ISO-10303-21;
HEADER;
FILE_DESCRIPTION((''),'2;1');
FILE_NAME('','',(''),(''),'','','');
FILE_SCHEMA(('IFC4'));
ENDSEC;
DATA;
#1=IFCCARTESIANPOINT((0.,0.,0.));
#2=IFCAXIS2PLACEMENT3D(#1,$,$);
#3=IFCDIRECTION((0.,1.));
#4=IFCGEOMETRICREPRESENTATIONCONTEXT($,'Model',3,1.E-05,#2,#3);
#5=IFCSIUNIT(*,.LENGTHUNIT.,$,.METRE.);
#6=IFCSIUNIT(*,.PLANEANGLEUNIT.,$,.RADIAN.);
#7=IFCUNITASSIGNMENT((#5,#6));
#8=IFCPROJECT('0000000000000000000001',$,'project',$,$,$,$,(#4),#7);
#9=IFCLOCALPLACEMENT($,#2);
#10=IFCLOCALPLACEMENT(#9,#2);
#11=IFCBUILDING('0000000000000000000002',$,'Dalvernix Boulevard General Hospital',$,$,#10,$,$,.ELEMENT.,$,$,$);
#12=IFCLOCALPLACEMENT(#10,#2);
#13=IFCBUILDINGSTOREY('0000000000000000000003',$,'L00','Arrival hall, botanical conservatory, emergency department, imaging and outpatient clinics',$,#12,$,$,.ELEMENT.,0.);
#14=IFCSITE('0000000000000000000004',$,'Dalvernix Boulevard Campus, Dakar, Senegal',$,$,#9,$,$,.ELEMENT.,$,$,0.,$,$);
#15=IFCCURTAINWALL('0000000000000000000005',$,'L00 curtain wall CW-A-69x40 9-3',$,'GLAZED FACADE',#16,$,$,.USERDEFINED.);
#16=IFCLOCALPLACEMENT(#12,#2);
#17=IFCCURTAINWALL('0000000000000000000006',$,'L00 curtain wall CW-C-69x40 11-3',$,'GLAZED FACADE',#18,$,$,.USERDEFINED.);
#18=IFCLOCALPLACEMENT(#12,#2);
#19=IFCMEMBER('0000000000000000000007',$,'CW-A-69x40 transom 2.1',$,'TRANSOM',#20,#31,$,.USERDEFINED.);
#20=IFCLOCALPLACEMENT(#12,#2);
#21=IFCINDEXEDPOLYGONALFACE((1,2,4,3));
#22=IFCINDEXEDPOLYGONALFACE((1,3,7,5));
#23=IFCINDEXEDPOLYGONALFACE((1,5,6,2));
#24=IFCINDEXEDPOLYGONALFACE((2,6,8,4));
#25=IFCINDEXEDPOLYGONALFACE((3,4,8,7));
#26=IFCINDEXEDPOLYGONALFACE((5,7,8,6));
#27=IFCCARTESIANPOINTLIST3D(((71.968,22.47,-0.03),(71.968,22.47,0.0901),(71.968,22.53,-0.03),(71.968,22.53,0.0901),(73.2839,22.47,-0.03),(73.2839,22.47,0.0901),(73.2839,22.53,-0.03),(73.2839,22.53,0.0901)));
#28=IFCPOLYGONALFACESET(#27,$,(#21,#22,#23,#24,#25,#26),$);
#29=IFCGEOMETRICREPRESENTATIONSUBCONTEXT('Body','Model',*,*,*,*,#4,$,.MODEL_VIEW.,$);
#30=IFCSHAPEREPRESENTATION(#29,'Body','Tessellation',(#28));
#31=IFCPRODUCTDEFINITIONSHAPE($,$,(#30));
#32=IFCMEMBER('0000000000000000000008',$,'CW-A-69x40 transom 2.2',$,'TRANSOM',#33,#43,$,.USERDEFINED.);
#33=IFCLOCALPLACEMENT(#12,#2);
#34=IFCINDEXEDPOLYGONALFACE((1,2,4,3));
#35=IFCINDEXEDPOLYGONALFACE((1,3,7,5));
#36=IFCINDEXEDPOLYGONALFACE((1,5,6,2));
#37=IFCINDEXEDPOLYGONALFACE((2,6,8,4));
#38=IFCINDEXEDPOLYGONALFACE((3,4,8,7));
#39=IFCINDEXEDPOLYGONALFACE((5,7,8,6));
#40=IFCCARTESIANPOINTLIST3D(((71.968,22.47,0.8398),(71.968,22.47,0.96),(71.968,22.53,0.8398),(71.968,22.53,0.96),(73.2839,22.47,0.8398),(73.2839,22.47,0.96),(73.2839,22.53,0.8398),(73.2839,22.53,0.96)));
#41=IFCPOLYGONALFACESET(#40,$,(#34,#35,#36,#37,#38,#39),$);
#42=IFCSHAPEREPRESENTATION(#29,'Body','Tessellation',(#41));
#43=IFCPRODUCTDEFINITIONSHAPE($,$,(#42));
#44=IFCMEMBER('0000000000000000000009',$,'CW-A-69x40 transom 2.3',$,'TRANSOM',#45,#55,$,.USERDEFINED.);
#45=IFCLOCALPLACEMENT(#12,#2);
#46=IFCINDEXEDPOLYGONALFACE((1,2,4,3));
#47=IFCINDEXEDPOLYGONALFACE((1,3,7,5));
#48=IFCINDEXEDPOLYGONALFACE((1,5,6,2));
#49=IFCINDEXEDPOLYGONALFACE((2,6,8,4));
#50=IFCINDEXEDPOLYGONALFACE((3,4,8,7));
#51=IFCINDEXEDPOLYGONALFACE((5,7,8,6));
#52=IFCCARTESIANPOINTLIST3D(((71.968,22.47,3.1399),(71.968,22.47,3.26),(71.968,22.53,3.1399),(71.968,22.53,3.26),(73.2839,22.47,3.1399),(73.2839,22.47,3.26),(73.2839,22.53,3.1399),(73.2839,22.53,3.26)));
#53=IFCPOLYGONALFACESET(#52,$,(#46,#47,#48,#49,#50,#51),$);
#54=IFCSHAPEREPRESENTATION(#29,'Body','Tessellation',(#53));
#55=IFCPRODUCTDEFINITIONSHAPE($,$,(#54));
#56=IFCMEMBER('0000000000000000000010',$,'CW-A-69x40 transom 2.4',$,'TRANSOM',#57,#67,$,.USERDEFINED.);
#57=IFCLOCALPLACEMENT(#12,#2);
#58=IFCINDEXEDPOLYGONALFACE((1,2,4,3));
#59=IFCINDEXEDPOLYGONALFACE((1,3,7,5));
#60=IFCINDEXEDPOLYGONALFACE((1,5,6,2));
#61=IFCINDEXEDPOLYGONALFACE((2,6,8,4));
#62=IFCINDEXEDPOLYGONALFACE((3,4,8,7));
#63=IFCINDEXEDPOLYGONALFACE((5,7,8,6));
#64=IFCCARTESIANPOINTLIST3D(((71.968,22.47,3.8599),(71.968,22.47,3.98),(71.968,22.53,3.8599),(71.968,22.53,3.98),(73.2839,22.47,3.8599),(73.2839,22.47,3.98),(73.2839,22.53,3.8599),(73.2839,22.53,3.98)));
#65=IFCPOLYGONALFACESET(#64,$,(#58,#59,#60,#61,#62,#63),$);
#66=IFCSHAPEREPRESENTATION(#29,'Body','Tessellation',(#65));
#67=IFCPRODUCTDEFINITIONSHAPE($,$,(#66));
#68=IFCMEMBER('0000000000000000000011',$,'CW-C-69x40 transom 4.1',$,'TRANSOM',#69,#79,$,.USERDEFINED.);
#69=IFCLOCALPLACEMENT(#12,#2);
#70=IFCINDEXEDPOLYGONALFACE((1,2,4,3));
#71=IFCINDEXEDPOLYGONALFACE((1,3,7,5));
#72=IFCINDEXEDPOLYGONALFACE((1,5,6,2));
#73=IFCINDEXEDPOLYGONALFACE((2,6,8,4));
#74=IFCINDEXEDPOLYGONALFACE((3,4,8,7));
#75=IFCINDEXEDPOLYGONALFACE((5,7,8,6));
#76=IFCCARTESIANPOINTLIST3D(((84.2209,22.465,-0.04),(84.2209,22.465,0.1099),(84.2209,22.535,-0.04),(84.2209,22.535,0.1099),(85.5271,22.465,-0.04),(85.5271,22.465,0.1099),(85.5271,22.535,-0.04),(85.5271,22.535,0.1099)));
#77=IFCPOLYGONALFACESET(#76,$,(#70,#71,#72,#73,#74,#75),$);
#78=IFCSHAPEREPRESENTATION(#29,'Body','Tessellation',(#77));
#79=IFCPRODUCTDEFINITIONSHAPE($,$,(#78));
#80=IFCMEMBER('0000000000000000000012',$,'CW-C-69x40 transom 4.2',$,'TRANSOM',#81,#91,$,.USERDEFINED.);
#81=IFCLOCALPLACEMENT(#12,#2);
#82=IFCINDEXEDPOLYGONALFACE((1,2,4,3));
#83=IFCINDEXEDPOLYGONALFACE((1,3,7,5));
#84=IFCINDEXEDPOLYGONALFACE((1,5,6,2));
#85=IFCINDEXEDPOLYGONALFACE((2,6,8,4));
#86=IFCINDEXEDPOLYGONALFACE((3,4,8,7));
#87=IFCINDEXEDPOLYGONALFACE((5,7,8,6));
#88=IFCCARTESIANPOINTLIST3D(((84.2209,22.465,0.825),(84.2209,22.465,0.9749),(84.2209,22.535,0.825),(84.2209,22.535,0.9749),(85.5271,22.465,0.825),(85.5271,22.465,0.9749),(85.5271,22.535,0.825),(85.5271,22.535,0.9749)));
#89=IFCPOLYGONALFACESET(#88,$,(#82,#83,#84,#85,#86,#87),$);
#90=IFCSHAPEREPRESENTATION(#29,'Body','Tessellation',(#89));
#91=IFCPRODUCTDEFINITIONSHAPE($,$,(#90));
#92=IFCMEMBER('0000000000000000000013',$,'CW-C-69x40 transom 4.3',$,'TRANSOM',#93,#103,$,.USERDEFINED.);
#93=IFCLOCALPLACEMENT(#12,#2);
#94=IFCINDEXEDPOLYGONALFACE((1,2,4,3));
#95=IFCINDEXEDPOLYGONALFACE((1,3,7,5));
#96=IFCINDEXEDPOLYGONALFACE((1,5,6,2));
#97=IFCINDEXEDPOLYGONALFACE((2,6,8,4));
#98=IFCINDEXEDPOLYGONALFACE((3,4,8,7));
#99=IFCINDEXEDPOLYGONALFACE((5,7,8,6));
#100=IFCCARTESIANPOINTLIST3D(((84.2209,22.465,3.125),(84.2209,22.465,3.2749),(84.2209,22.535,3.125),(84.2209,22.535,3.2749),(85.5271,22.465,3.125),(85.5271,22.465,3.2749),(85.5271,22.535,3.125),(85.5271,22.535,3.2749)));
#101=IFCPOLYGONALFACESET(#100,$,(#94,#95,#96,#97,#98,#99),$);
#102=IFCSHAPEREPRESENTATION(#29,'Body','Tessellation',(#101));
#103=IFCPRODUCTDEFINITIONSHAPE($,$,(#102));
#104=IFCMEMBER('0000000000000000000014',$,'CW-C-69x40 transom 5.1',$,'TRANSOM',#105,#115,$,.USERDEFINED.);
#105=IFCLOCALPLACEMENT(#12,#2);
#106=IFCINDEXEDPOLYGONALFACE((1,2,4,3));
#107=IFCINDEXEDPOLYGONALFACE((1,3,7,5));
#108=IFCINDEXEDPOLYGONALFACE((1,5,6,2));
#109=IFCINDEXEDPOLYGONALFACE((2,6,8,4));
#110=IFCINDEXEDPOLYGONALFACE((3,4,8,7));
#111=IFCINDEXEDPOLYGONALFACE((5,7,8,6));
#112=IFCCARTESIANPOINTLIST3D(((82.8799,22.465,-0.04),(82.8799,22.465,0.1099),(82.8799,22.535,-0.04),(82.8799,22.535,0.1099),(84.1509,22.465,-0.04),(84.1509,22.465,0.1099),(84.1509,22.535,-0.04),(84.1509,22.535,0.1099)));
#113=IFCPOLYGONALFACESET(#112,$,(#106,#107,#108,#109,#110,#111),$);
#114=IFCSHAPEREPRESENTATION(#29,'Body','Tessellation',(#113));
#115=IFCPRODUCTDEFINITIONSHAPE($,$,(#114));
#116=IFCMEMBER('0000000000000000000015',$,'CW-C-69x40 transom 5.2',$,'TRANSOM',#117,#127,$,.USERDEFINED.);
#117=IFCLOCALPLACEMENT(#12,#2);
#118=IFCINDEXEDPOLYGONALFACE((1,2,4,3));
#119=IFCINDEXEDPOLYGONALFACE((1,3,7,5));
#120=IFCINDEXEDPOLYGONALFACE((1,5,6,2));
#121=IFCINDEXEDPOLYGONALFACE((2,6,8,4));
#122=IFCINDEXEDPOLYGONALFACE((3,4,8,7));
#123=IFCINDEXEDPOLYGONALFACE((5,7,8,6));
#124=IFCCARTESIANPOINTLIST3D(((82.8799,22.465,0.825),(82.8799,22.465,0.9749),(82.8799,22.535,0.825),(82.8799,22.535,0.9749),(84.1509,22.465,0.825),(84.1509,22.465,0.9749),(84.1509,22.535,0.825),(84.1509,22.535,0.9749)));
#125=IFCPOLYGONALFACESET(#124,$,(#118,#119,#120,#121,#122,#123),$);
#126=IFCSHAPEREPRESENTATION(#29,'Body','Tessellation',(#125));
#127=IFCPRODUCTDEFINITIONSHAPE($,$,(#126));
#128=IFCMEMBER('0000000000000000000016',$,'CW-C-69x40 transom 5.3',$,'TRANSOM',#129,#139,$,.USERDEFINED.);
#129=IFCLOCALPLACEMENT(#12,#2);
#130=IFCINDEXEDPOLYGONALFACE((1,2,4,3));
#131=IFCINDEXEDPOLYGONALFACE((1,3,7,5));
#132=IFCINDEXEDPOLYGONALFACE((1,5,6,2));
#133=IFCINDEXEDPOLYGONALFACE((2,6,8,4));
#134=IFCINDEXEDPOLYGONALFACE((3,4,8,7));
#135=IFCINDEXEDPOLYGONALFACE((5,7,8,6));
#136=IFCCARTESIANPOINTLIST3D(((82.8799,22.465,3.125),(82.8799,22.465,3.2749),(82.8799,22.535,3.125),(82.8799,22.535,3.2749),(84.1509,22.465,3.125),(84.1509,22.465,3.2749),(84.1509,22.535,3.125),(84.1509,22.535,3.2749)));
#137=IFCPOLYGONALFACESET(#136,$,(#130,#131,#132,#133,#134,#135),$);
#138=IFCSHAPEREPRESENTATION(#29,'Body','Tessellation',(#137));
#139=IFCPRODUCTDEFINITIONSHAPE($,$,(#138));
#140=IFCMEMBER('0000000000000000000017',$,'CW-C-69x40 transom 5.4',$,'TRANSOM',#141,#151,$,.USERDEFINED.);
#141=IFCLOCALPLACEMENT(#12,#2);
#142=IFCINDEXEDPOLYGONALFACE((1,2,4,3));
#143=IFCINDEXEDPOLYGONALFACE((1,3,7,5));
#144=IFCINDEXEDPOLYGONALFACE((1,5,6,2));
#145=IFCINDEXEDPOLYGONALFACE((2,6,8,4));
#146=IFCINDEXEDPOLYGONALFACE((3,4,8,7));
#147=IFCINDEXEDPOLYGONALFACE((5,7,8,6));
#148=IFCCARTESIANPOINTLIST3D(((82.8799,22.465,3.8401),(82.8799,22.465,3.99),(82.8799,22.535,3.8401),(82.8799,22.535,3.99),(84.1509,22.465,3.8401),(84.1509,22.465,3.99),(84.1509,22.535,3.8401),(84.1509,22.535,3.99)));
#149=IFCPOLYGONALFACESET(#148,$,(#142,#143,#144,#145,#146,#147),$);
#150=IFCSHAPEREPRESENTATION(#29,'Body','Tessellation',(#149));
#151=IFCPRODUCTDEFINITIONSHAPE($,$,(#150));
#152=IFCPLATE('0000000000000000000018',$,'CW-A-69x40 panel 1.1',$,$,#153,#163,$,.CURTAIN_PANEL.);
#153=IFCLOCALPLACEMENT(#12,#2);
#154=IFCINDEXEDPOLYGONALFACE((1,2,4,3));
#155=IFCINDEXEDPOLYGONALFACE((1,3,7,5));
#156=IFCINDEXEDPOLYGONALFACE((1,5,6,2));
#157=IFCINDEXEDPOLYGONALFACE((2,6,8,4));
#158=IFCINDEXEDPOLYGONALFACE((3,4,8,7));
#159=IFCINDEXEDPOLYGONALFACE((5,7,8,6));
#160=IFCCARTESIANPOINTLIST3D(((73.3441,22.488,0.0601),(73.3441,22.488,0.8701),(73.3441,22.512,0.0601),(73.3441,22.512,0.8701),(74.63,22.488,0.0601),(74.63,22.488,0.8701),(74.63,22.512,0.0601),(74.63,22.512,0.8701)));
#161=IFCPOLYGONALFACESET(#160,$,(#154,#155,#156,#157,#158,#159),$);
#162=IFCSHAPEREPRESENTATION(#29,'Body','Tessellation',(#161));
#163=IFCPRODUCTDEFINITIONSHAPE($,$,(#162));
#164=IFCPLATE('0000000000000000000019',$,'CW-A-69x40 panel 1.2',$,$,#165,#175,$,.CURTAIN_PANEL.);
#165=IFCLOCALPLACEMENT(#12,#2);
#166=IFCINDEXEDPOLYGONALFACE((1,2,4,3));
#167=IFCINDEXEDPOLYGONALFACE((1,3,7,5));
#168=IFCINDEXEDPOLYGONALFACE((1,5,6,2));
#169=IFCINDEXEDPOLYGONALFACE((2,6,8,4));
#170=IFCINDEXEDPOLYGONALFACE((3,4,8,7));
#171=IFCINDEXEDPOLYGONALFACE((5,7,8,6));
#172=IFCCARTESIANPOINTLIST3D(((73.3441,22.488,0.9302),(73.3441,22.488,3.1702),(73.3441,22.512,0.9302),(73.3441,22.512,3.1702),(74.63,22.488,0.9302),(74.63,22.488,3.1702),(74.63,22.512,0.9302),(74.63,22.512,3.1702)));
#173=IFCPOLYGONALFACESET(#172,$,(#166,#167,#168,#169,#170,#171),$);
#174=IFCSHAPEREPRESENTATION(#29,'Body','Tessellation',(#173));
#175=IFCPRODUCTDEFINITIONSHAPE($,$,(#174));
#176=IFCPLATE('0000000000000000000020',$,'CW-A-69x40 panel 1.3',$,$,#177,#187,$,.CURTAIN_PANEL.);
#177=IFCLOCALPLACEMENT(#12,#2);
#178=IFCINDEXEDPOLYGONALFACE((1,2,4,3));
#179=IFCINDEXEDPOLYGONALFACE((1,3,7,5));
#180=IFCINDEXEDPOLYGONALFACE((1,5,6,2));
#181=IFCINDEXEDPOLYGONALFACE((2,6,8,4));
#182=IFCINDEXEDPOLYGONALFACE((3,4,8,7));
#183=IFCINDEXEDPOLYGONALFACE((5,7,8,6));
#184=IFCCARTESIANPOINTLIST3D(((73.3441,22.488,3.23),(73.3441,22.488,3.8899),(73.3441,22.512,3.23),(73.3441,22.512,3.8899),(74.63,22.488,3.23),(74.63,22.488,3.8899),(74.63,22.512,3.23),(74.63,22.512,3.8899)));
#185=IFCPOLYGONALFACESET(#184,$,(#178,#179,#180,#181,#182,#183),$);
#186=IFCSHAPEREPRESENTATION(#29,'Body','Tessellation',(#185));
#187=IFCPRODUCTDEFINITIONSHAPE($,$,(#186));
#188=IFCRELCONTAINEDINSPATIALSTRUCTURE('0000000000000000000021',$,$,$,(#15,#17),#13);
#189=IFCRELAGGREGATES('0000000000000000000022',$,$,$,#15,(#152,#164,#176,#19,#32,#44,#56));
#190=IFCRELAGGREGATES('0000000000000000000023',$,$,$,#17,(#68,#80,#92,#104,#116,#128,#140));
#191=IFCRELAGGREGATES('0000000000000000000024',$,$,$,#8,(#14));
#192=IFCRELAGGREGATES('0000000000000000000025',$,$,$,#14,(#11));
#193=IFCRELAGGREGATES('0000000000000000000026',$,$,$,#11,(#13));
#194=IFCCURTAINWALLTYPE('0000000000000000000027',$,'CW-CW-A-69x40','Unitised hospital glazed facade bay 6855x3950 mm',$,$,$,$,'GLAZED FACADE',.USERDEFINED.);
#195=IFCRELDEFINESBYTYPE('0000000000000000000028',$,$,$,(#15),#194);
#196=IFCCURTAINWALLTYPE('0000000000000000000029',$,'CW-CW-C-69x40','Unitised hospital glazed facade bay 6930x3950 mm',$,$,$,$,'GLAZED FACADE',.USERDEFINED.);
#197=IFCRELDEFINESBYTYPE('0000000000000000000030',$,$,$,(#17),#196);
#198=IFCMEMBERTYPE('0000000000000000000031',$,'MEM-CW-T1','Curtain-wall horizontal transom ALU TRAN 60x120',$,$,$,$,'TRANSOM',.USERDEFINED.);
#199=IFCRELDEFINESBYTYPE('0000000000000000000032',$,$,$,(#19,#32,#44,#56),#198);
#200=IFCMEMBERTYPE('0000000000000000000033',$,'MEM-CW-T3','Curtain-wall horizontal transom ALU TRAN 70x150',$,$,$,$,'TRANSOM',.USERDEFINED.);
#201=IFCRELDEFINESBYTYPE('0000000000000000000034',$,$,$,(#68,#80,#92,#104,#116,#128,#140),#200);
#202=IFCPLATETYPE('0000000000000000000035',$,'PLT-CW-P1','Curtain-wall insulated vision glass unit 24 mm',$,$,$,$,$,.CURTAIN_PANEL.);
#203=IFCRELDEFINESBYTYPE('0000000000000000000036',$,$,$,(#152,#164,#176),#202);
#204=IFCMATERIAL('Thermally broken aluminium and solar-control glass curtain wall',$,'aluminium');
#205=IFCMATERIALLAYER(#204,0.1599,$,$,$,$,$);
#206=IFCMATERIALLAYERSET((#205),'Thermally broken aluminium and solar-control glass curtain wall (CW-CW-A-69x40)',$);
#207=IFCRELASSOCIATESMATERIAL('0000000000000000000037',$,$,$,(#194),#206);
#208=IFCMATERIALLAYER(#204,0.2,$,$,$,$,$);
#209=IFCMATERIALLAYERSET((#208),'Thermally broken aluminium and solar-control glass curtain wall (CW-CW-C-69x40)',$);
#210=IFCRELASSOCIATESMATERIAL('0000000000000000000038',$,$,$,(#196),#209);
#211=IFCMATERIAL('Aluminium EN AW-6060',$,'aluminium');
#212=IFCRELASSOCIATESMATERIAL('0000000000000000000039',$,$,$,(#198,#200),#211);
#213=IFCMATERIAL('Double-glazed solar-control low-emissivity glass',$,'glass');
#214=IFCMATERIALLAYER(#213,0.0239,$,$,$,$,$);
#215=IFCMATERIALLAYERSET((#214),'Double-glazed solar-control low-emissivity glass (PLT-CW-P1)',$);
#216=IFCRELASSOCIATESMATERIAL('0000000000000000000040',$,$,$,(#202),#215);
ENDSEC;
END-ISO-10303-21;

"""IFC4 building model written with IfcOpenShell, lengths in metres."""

from ifc_helpers import new_model, si_unit, direction, frame, origin, origin_2d, place, context, subcontext, project, spatial, rectangle, extrude, material, layer, layer_set, material_profile, profile_set, type_object, element, aggregate, save


model = new_model("IFC4")

# Units and contexts
model_context = context("Model", 3, precision=1e-05, world=origin(), true_north=direction((0.0, 1.0)))
body_context = subcontext(model_context, "Body", "Model", "MODEL_VIEW")
ifc_project = project(units=[si_unit("LENGTHUNIT", "METRE"), si_unit("PLANEANGLEUNIT", "RADIAN")], contexts=[model_context])

# Site, building, storey
site_placement = place(None, origin())
site = spatial("IfcSite", under=ifc_project, at=site_placement, Name="Dalvernix Boulevard Campus, Dakar, Senegal", CompositionType="ELEMENT", RefElevation=0.0)
building_placement = place(site_placement, origin())
building = spatial("IfcBuilding", under=site, at=building_placement, Name="Dalvernix Boulevard General Hospital", CompositionType="ELEMENT")
storey_placement = place(building_placement, origin())
storey = spatial("IfcBuildingStorey", under=building, at=storey_placement, Name="L00", Description="Arrival hall, botanical conservatory, emergency department, imaging and outpatient clinics", CompositionType="ELEMENT", Elevation=0.0)

# Curtain walls
ifc_material_1 = material(Name="Thermally broken aluminium and solar-control glass curtain wall", Category="aluminium")
ifc_layer_1 = layer(ifc_material_1, 0.1599)
ifc_layer_set_1 = layer_set([ifc_layer_1], Name="Thermally broken aluminium and solar-control glass curtain wall (CW-CW-A-69x40)")
curtain_wall_type_1 = type_object("IfcCurtainWallType", Name="CW-CW-A-69x40", Description="Unitised hospital glazed facade bay 6855x3950 mm", ElementType="GLAZED FACADE", PredefinedType="USERDEFINED", material=ifc_layer_set_1)
curtain_wall_1_placement = place(storey_placement, origin())
curtain_wall_1 = element("IfcCurtainWall", 1, at=curtain_wall_1_placement, inside=storey, type_object=curtain_wall_type_1, Name="L00 curtain wall CW-A-69x40 9-3", ObjectType="GLAZED FACADE", PredefinedType="USERDEFINED")
ifc_material_2 = material(Name="Aluminium EN AW-6060", Category="aluminium")
ifc_layer_2 = layer(ifc_material_1, 0.2)
ifc_layer_set_2 = layer_set([ifc_layer_2], Name="Thermally broken aluminium and solar-control glass curtain wall (CW-CW-C-69x40)")
curtain_wall_type_2 = type_object("IfcCurtainWallType", Name="CW-CW-C-69x40", Description="Unitised hospital glazed facade bay 6930x3950 mm", ElementType="GLAZED FACADE", PredefinedType="USERDEFINED", material=ifc_layer_set_2)
curtain_wall_2_placement = place(storey_placement, origin())
curtain_wall_2 = element("IfcCurtainWall", 2, at=curtain_wall_2_placement, inside=storey, type_object=curtain_wall_type_2, Name="L00 curtain wall CW-C-69x40 11-3", ObjectType="GLAZED FACADE", PredefinedType="USERDEFINED")

# Members
ifc_material_profile_1 = material_profile(ifc_material_2, rectangle(XDim=0.0601, YDim=0.1201, at=origin_2d()), Name="ALU TRAN 60x120")
ifc_profile_set_1 = profile_set([ifc_material_profile_1], Name="Aluminium EN AW-6060")
member_type_1 = type_object("IfcMemberType", Name="MEM-CW-T1", Description="Curtain-wall horizontal transom ALU TRAN 60x120", ElementType="TRANSOM", PredefinedType="USERDEFINED", material=ifc_profile_set_1)
member_1_placement = place(storey_placement, frame((73.2839, 22.5, 0.03), z_axis=(-1.0, 0.0, 0.0), x_axis=(0.0, -1.0, 0.0)))
member_1 = element("IfcMember", 3, at=member_1_placement, type_object=member_type_1, Name="CW-A-69x40 transom 2.1", ObjectType="TRANSOM", PredefinedType="USERDEFINED", context=body_context, shape_type="SweptSolid", body=[
    extrude(rectangle(XDim=0.0601, YDim=0.1201, at=origin_2d()), origin(), (0.0, 0.0, 1.0), 1.3159),
])
member_2_placement = place(storey_placement, frame((73.2839, 22.5, 0.8999), z_axis=(-1.0, 0.0, 0.0), x_axis=(0.0, -1.0, 0.0)))
member_2 = element("IfcMember", 4, at=member_2_placement, type_object=member_type_1, Name="CW-A-69x40 transom 2.2", ObjectType="TRANSOM", PredefinedType="USERDEFINED", context=body_context, shape_type="SweptSolid", body=[
    extrude(rectangle(XDim=0.0601, YDim=0.1201, at=origin_2d()), origin(), (0.0, 0.0, 1.0), 1.3159),
])
member_3_placement = place(storey_placement, frame((73.2839, 22.5, 3.2), z_axis=(-1.0, 0.0, 0.0), x_axis=(0.0, -1.0, 0.0)))
member_3 = element("IfcMember", 5, at=member_3_placement, type_object=member_type_1, Name="CW-A-69x40 transom 2.3", ObjectType="TRANSOM", PredefinedType="USERDEFINED", context=body_context, shape_type="SweptSolid", body=[
    extrude(rectangle(XDim=0.0601, YDim=0.1201, at=origin_2d()), origin(), (0.0, 0.0, 1.0), 1.3159),
])
member_4_placement = place(storey_placement, frame((73.2839, 22.5, 3.9199), z_axis=(-1.0, 0.0, 0.0), x_axis=(0.0, -1.0, 0.0)))
member_4 = element("IfcMember", 6, at=member_4_placement, type_object=member_type_1, Name="CW-A-69x40 transom 2.4", ObjectType="TRANSOM", PredefinedType="USERDEFINED", context=body_context, shape_type="SweptSolid", body=[
    extrude(rectangle(XDim=0.0601, YDim=0.1201, at=origin_2d()), origin(), (0.0, 0.0, 1.0), 1.3159),
])
ifc_material_profile_2 = material_profile(ifc_material_2, rectangle(XDim=0.0701, YDim=0.1499, at=origin_2d()), Name="ALU TRAN 70x150")
ifc_profile_set_2 = profile_set([ifc_material_profile_2], Name="Aluminium EN AW-6060")
member_type_2 = type_object("IfcMemberType", Name="MEM-CW-T3", Description="Curtain-wall horizontal transom ALU TRAN 70x150", ElementType="TRANSOM", PredefinedType="USERDEFINED", material=ifc_profile_set_2)
member_5_placement = place(storey_placement, frame((85.5271, 22.5, 0.0349), z_axis=(-1.0, 0.0, 0.0), x_axis=(0.0, -1.0, 0.0)))
member_5 = element("IfcMember", 7, at=member_5_placement, type_object=member_type_2, Name="CW-C-69x40 transom 4.1", ObjectType="TRANSOM", PredefinedType="USERDEFINED", context=body_context, shape_type="SweptSolid", body=[
    extrude(rectangle(XDim=0.0701, YDim=0.1499, at=origin_2d()), origin(), (0.0, 0.0, 1.0), 1.3062),
])
member_6_placement = place(storey_placement, frame((85.5271, 22.5, 0.8999), z_axis=(-1.0, 0.0, 0.0), x_axis=(0.0, -1.0, 0.0)))
member_6 = element("IfcMember", 8, at=member_6_placement, type_object=member_type_2, Name="CW-C-69x40 transom 4.2", ObjectType="TRANSOM", PredefinedType="USERDEFINED", context=body_context, shape_type="SweptSolid", body=[
    extrude(rectangle(XDim=0.0701, YDim=0.1499, at=origin_2d()), origin(), (0.0, 0.0, 1.0), 1.3062),
])
member_7_placement = place(storey_placement, frame((85.5271, 22.5, 3.2), z_axis=(-1.0, 0.0, 0.0), x_axis=(0.0, -1.0, 0.0)))
member_7 = element("IfcMember", 9, at=member_7_placement, type_object=member_type_2, Name="CW-C-69x40 transom 4.3", ObjectType="TRANSOM", PredefinedType="USERDEFINED", context=body_context, shape_type="SweptSolid", body=[
    extrude(rectangle(XDim=0.0701, YDim=0.1499, at=origin_2d()), origin(), (0.0, 0.0, 1.0), 1.3062),
])
member_8_placement = place(storey_placement, frame((84.1509, 22.5, 0.0349), z_axis=(-1.0, 0.0, 0.0), x_axis=(0.0, -1.0, 0.0)))
member_8 = element("IfcMember", 10, at=member_8_placement, type_object=member_type_2, Name="CW-C-69x40 transom 5.1", ObjectType="TRANSOM", PredefinedType="USERDEFINED", context=body_context, shape_type="SweptSolid", body=[
    extrude(rectangle(XDim=0.0701, YDim=0.1499, at=origin_2d()), origin(), (0.0, 0.0, 1.0), 1.271),
])
member_9_placement = place(storey_placement, frame((84.1509, 22.5, 0.8999), z_axis=(-1.0, 0.0, 0.0), x_axis=(0.0, -1.0, 0.0)))
member_9 = element("IfcMember", 11, at=member_9_placement, type_object=member_type_2, Name="CW-C-69x40 transom 5.2", ObjectType="TRANSOM", PredefinedType="USERDEFINED", context=body_context, shape_type="SweptSolid", body=[
    extrude(rectangle(XDim=0.0701, YDim=0.1499, at=origin_2d()), origin(), (0.0, 0.0, 1.0), 1.271),
])
member_10_placement = place(storey_placement, frame((84.1509, 22.5, 3.2), z_axis=(-1.0, 0.0, 0.0), x_axis=(0.0, -1.0, 0.0)))
member_10 = element("IfcMember", 12, at=member_10_placement, type_object=member_type_2, Name="CW-C-69x40 transom 5.3", ObjectType="TRANSOM", PredefinedType="USERDEFINED", context=body_context, shape_type="SweptSolid", body=[
    extrude(rectangle(XDim=0.0701, YDim=0.1499, at=origin_2d()), origin(), (0.0, 0.0, 1.0), 1.271),
])
member_11_placement = place(storey_placement, frame((84.1509, 22.5, 3.915), z_axis=(-1.0, 0.0, 0.0), x_axis=(0.0, -1.0, 0.0)))
member_11 = element("IfcMember", 13, at=member_11_placement, type_object=member_type_2, Name="CW-C-69x40 transom 5.4", ObjectType="TRANSOM", PredefinedType="USERDEFINED", context=body_context, shape_type="SweptSolid", body=[
    extrude(rectangle(XDim=0.0701, YDim=0.1499, at=origin_2d()), origin(), (0.0, 0.0, 1.0), 1.271),
])

# Plates
ifc_material_3 = material(Name="Double-glazed solar-control low-emissivity glass", Category="glass")
ifc_layer_3 = layer(ifc_material_3, 0.0239)
ifc_layer_set_3 = layer_set([ifc_layer_3], Name="Double-glazed solar-control low-emissivity glass (PLT-CW-P1)")
plate_type_1 = type_object("IfcPlateType", Name="PLT-CW-P1", Description="Curtain-wall insulated vision glass unit 24 mm", PredefinedType="CURTAIN_PANEL", material=ifc_layer_set_3)
plate_1_placement = place(storey_placement, frame((73.9871, 22.5, 0.0601), z_axis=(0.0, 0.0, 1.0), x_axis=(-1.0, 0.0, 0.0)))
plate_1 = element("IfcPlate", 14, at=plate_1_placement, type_object=plate_type_1, Name="CW-A-69x40 panel 1.1", PredefinedType="CURTAIN_PANEL", context=body_context, shape_type="SweptSolid", body=[
    extrude(rectangle(XDim=1.2859, YDim=0.0239, at=origin_2d()), origin(), (0.0, 0.0, 1.0), 0.8101),
])
plate_2_placement = place(storey_placement, frame((73.9871, 22.5, 0.9302), z_axis=(0.0, 0.0, 1.0), x_axis=(-1.0, 0.0, 0.0)))
plate_2 = element("IfcPlate", 15, at=plate_2_placement, type_object=plate_type_1, Name="CW-A-69x40 panel 1.2", PredefinedType="CURTAIN_PANEL", context=body_context, shape_type="SweptSolid", body=[
    extrude(rectangle(XDim=1.2859, YDim=0.0239, at=origin_2d()), origin(), (0.0, 0.0, 1.0), 2.24),
])
plate_3_placement = place(storey_placement, frame((73.9871, 22.5, 3.23), z_axis=(0.0, 0.0, 1.0), x_axis=(-1.0, 0.0, 0.0)))
plate_3 = element("IfcPlate", 16, at=plate_3_placement, type_object=plate_type_1, Name="CW-A-69x40 panel 1.3", PredefinedType="CURTAIN_PANEL", context=body_context, shape_type="SweptSolid", body=[
    extrude(rectangle(XDim=1.2859, YDim=0.0239, at=origin_2d()), origin(), (0.0, 0.0, 1.0), 0.6599),
])
aggregate(curtain_wall_1, [plate_1, plate_2, plate_3, member_1, member_2, member_3, member_4])
aggregate(curtain_wall_2, [member_5, member_6, member_7, member_8, member_9, member_10, member_11])

save(model, "model.ifc")
